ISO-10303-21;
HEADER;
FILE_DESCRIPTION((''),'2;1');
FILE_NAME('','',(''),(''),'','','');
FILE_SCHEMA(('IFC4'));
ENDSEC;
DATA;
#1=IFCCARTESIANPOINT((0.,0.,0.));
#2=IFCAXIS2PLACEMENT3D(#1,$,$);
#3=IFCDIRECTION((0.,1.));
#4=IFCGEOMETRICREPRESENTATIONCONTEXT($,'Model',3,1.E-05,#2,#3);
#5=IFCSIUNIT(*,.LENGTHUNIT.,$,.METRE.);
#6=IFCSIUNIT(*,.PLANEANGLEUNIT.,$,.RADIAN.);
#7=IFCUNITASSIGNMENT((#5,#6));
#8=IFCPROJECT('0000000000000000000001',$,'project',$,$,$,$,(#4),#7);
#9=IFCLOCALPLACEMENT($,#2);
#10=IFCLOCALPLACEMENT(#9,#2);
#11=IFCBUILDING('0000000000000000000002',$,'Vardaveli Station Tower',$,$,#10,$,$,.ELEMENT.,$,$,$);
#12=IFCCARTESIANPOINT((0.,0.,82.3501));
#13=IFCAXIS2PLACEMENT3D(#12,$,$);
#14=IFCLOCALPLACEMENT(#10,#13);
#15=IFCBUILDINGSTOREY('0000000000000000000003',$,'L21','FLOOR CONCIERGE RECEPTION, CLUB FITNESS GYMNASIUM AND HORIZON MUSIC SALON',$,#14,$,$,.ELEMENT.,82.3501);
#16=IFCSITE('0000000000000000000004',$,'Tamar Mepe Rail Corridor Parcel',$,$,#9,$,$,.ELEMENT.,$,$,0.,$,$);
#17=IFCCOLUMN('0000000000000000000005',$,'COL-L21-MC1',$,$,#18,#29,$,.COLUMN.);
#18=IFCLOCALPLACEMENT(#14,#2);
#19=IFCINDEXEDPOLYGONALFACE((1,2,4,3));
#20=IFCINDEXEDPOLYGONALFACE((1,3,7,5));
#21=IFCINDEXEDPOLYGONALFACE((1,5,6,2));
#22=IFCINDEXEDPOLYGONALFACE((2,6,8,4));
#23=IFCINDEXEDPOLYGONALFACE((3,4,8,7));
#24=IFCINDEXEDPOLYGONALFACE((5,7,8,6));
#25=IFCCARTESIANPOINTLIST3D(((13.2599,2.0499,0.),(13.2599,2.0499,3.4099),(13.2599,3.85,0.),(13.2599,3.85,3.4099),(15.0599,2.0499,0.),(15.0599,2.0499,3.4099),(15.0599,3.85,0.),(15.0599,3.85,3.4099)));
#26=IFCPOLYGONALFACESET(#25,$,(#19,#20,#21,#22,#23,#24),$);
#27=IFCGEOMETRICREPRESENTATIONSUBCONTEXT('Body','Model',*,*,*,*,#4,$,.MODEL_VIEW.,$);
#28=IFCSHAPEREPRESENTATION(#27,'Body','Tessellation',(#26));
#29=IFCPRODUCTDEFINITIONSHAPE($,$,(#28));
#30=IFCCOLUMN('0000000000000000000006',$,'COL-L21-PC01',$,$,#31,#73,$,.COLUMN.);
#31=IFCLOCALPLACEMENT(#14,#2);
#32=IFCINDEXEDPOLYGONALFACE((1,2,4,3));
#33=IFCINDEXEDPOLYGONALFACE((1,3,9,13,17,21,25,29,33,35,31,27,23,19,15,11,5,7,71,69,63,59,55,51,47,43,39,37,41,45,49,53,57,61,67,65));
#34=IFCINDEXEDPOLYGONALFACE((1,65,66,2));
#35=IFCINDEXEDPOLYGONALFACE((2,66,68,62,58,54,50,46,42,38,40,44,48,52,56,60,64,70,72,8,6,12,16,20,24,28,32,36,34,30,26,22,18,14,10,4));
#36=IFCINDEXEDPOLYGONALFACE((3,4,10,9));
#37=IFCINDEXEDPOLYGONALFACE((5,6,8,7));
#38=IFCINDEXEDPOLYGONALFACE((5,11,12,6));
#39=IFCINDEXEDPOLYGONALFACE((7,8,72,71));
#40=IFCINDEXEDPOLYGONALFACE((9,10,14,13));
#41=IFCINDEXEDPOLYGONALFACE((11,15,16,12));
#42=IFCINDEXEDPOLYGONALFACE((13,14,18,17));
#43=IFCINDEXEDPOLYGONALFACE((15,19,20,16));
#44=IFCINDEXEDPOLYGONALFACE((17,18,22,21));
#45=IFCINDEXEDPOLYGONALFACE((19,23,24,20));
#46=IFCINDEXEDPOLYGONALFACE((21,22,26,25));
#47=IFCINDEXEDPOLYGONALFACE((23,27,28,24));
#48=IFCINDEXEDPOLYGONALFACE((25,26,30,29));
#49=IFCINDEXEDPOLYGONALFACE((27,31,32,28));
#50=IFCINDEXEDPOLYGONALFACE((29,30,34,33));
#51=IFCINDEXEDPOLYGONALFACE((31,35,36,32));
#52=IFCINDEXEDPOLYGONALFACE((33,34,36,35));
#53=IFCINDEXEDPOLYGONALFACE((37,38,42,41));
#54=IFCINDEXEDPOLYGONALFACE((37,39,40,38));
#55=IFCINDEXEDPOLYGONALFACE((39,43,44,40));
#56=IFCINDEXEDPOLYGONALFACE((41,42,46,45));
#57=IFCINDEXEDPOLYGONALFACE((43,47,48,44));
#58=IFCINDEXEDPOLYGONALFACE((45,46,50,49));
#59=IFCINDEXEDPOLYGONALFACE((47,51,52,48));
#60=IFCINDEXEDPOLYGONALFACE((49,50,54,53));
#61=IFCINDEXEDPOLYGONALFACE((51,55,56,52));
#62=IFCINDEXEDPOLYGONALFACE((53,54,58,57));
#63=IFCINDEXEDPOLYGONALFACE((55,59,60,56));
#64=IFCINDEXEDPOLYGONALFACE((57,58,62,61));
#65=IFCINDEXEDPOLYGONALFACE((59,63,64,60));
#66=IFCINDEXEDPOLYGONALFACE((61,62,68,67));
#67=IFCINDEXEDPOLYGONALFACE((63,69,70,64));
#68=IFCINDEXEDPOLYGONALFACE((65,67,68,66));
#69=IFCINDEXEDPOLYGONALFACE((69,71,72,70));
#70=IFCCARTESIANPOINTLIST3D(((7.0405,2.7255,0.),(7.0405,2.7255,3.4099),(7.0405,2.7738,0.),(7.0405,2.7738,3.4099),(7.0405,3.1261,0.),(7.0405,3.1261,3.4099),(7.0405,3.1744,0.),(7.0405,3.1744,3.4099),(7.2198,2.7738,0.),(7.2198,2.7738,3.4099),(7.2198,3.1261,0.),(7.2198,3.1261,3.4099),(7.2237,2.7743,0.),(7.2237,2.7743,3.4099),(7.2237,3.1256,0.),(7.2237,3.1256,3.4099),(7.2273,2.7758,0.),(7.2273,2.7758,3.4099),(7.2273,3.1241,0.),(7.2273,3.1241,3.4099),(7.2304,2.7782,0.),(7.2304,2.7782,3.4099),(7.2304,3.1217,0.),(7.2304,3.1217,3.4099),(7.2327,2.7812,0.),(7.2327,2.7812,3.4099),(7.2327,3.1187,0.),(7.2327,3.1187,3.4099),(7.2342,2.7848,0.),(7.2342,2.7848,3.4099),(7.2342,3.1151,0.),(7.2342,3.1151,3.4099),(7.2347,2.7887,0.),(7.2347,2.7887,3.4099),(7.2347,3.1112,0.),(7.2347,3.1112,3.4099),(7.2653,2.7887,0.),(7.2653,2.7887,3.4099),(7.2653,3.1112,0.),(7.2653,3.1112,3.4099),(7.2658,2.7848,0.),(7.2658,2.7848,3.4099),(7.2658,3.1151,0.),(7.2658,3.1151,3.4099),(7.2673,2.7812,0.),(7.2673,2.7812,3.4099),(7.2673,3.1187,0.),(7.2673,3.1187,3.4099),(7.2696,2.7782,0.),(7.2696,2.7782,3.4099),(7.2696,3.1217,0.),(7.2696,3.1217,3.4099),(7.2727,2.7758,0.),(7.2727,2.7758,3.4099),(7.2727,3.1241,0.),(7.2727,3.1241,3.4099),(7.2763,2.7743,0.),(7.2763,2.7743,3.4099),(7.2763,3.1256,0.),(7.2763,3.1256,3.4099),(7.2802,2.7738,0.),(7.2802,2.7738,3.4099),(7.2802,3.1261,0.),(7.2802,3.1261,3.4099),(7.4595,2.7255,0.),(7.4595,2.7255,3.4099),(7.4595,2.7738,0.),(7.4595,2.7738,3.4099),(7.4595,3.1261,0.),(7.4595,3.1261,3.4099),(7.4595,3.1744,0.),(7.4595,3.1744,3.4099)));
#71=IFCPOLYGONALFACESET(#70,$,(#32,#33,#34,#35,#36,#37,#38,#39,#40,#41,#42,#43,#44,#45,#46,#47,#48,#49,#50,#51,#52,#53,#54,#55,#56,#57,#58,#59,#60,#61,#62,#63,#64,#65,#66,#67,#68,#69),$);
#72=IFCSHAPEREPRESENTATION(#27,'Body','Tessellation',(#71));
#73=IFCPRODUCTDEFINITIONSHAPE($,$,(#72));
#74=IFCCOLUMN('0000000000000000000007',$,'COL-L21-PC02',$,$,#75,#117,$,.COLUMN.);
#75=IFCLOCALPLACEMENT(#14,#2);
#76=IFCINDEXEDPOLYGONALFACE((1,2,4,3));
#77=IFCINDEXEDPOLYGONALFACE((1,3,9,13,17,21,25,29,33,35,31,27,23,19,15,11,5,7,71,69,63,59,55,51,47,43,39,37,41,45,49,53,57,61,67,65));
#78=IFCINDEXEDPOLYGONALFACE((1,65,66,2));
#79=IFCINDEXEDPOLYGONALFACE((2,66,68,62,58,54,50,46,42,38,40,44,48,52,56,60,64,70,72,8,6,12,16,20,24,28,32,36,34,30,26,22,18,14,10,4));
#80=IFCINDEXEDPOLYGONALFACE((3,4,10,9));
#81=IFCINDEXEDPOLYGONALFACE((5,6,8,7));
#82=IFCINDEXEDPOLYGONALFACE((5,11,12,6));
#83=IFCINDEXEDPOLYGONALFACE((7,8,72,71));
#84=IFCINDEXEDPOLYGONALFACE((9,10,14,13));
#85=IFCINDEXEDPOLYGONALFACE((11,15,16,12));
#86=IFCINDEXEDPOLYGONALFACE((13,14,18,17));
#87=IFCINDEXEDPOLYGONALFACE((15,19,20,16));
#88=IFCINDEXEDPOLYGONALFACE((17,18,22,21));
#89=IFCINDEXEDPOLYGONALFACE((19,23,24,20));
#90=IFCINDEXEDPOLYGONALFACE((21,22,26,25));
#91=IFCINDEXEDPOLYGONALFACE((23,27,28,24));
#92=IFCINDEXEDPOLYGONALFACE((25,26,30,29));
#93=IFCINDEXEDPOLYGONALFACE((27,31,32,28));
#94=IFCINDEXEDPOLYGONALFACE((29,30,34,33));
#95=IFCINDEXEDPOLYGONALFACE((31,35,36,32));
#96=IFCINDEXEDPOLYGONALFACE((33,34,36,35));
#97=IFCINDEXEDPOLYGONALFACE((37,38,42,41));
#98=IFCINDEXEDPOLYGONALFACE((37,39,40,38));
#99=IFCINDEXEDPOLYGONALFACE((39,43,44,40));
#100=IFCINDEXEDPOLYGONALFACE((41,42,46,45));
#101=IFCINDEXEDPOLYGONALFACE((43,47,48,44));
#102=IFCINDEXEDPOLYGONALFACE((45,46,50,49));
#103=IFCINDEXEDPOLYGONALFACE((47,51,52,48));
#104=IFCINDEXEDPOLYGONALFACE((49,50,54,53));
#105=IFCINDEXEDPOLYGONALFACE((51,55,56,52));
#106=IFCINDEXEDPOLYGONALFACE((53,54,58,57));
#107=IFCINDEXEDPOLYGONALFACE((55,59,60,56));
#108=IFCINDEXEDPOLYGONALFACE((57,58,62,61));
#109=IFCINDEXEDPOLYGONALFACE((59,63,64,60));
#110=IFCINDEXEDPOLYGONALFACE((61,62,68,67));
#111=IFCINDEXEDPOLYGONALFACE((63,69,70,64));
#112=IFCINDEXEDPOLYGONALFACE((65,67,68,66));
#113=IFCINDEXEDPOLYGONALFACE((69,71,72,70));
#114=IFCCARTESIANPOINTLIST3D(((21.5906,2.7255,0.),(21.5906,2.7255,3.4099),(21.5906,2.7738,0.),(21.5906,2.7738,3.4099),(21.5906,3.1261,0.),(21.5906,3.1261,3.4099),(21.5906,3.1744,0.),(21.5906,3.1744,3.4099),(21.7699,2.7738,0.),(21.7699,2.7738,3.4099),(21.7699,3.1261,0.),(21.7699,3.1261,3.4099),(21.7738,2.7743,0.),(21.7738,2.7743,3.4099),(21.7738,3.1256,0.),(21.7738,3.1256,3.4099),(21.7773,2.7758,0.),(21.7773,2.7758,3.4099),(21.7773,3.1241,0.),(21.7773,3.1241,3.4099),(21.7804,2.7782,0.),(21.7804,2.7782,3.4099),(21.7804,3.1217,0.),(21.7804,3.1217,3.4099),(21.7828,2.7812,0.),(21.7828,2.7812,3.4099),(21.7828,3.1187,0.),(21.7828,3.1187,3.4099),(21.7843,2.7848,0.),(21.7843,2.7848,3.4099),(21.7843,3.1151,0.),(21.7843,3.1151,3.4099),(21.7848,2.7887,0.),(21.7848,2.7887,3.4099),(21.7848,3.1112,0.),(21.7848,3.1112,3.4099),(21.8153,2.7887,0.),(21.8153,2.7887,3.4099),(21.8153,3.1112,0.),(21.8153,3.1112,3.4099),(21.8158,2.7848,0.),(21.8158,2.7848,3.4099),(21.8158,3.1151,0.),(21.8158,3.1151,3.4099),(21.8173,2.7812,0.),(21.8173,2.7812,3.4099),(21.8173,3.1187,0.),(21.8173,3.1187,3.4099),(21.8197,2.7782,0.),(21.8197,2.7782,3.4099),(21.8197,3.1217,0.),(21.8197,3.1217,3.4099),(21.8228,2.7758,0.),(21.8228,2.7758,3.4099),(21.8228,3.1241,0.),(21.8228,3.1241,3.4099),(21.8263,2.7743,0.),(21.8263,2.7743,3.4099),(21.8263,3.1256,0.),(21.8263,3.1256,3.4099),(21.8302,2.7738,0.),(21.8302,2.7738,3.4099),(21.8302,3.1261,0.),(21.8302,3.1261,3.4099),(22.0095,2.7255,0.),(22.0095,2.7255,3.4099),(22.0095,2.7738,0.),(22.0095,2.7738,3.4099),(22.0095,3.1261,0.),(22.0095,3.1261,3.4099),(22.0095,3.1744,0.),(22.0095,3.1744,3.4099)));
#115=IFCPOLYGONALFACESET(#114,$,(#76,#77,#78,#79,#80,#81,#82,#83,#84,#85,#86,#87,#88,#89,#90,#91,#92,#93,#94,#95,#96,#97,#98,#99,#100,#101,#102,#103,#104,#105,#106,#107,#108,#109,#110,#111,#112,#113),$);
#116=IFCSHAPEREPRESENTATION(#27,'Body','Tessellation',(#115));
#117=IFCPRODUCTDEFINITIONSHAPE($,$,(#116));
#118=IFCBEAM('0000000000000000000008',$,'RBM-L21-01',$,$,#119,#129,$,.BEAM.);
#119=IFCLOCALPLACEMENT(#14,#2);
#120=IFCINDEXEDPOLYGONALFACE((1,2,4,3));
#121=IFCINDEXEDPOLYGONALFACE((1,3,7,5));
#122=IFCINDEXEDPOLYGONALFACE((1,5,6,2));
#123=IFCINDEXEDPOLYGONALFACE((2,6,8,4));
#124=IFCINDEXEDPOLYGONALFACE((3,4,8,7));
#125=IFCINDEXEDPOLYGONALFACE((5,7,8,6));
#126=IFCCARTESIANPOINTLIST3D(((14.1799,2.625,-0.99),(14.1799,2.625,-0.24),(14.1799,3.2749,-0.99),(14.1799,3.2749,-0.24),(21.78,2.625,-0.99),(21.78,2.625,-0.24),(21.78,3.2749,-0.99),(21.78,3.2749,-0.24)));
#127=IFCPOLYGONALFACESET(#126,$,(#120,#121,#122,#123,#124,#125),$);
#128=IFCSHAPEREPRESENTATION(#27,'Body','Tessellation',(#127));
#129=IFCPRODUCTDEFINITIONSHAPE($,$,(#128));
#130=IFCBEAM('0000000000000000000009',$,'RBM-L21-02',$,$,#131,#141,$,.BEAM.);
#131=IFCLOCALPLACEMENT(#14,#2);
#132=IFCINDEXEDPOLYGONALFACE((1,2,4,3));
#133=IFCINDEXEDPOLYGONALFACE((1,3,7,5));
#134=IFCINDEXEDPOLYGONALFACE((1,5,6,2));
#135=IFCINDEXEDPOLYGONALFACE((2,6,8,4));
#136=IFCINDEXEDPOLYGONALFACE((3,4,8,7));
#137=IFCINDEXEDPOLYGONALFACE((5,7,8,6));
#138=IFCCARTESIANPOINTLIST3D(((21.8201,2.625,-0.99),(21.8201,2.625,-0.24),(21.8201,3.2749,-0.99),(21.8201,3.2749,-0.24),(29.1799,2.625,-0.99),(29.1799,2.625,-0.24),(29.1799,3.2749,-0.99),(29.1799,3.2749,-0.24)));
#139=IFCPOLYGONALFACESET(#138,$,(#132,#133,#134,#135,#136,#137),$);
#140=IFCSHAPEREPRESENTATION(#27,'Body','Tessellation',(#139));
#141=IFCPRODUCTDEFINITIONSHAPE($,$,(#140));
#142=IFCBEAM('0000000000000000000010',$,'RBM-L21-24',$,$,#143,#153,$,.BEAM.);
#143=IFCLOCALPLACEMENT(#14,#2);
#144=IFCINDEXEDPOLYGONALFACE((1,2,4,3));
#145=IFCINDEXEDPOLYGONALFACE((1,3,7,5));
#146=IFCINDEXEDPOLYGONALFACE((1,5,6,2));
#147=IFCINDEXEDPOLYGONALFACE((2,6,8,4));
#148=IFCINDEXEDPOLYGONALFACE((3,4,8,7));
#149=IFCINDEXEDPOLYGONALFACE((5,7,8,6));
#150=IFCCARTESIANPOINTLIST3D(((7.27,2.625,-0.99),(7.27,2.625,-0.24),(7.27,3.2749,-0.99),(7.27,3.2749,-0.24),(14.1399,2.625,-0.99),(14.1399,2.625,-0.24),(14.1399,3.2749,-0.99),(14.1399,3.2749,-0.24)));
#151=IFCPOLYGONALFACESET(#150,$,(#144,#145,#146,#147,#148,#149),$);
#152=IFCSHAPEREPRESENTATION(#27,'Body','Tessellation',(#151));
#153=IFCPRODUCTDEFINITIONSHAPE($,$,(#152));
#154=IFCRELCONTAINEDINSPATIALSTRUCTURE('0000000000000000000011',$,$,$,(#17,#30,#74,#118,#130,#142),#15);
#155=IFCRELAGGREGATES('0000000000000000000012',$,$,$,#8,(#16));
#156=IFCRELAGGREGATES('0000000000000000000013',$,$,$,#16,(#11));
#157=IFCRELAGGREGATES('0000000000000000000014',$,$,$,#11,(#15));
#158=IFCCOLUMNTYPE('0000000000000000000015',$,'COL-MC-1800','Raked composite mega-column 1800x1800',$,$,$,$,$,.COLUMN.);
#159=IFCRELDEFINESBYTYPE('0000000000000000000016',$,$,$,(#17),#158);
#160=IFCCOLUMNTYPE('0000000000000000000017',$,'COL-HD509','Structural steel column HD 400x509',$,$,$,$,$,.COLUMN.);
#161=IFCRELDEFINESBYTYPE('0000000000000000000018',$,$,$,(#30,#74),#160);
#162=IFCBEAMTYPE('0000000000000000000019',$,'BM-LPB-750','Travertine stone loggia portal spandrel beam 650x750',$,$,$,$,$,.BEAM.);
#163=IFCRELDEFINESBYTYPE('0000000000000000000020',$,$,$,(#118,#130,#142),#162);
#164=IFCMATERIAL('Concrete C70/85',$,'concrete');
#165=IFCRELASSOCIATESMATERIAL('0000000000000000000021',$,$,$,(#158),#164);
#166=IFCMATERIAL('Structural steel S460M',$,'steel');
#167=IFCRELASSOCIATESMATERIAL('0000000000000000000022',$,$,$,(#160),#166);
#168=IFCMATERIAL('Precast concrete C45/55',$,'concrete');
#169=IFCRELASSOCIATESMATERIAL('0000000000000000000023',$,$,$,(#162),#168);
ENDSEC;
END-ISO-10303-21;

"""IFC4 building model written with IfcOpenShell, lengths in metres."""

from ifc_helpers import new_model, si_unit, direction, frame, origin, origin_2d, place, context, subcontext, project, spatial, rectangle, i_section, extrude, source, transform, mapped, material, material_profile, profile_set, type_object, element, save


model = new_model("IFC4")

# Units and contexts
model_context = context("Model", 3, precision=1e-05, world=origin(), true_north=direction((0.0, 1.0)))
body_context = subcontext(model_context, "Body", "Model", "MODEL_VIEW")
ifc_project = project(units=[si_unit("LENGTHUNIT", "METRE"), si_unit("PLANEANGLEUNIT", "RADIAN")], contexts=[model_context])

# Site, building, storey
site_placement = place(None, origin())
site = spatial("IfcSite", under=ifc_project, at=site_placement, Name="Tamar Mepe Rail Corridor Parcel", CompositionType="ELEMENT", RefElevation=0.0)
building_placement = place(site_placement, origin())
building = spatial("IfcBuilding", under=site, at=building_placement, Name="Vardaveli Station Tower", CompositionType="ELEMENT")
storey_placement = place(building_placement, frame((0.0, 0.0, 82.3501)))
storey = spatial("IfcBuildingStorey", under=building, at=storey_placement, Name="L21", Description="FLOOR CONCIERGE RECEPTION, CLUB FITNESS GYMNASIUM AND HORIZON MUSIC SALON", CompositionType="ELEMENT", Elevation=82.3501)

# Columns
ifc_material_1 = material(Name="Concrete C70/85", Category="concrete")
ifc_material_profile_1 = material_profile(ifc_material_1, rectangle(XDim=1.8, YDim=1.8, at=origin_2d()), Name="MC 1800x1800")
ifc_profile_set_1 = profile_set([ifc_material_profile_1], Name="Concrete C70/85")
column_type_1 = type_object("IfcColumnType", Name="COL-MC-1800", Description="Raked composite mega-column 1800x1800", PredefinedType="COLUMN", material=ifc_profile_set_1)
shared_shape_1 = source(origin(), body_context, "Body", "SweptSolid", [
    extrude(rectangle(XDim=1.8, YDim=1.8, at=origin_2d()), origin(), (0.0, 0.0, 1.0), 3.4099),
])
column_placement = place(storey_placement, frame((14.1599, 2.95, 0.0), z_axis=(0.0, 0.0, 1.0), x_axis=(1.0, 0.0, 0.0)))
element("IfcColumn", 1, at=column_placement, inside=storey, type_object=column_type_1, Name="COL-L21-MC1", PredefinedType="COLUMN", context=body_context, shape_type="MappedRepresentation", body=[
    mapped(shared_shape_1, transform((0.0, 0.0, 0.0), scale=1.0)),
])
ifc_material_2 = material(Name="Structural steel S460M", Category="steel")
ifc_material_profile_2 = material_profile(ifc_material_2, i_section(OverallWidth=0.4189, OverallDepth=0.449, WebThickness=0.0305, FlangeThickness=0.0483, FilletRadius=0.0149, at=origin_2d()), Name="HD 400x509")
ifc_profile_set_2 = profile_set([ifc_material_profile_2], Name="Structural steel S460M")
column_type_2 = type_object("IfcColumnType", Name="COL-HD509", Description="Structural steel column HD 400x509", PredefinedType="COLUMN", material=ifc_profile_set_2)
shared_shape_2 = source(origin(), body_context, "Body", "SweptSolid", [
    extrude(i_section(OverallWidth=0.4189, OverallDepth=0.449, WebThickness=0.0305, FlangeThickness=0.0483, FilletRadius=0.0149, at=origin_2d()), origin(), (0.0, 0.0, 1.0), 3.4099),
])
for number, where, z_axis, x_axis, name in (
    (2, (7.25, 2.95, 0.0), (0.0, 0.0, 1.0), (1.0, 0.0, 0.0), "COL-L21-PC01"),
    (3, (21.8, 2.95, 0.0), (0.0, 0.0, 1.0), (1.0, 0.0, 0.0), "COL-L21-PC02"),
):
    element("IfcColumn", number, at=place(storey_placement, frame(where, z_axis=z_axis, x_axis=x_axis)), inside=storey, type_object=column_type_2, Name=name, PredefinedType="COLUMN", context=body_context, shape_type="MappedRepresentation", body=[
        mapped(shared_shape_2, transform((0.0, 0.0, 0.0), scale=1.0)),
    ])

# Beams
ifc_material_3 = material(Name="Precast concrete C45/55", Category="concrete")
ifc_material_profile_3 = material_profile(ifc_material_3, rectangle(XDim=0.6499, YDim=0.75, at=origin_2d()), Name="LPB 650x750")
ifc_profile_set_3 = profile_set([ifc_material_profile_3], Name="Precast concrete C45/55")
beam_type_1 = type_object("IfcBeamType", Name="BM-LPB-750", Description="Travertine stone loggia portal spandrel beam 650x750", PredefinedType="BEAM", material=ifc_profile_set_3)
shared_shape_3 = source(origin(), body_context, "Body", "SweptSolid", [
    extrude(rectangle(XDim=0.6499, YDim=0.75, at=origin_2d()), origin(), (0.0, 0.0, 1.0), 7.6001),
])
beam_1_placement = place(storey_placement, frame((14.1799, 2.95, -0.615), z_axis=(1.0, 0.0, 0.0), x_axis=(0.0, 1.0, 0.0)))
element("IfcBeam", 4, at=beam_1_placement, inside=storey, type_object=beam_type_1, Name="RBM-L21-01", PredefinedType="BEAM", context=body_context, shape_type="MappedRepresentation", body=[
    mapped(shared_shape_3, transform((0.0, 0.0, 0.0), scale=1.0)),
])
shared_shape_4 = source(origin(), body_context, "Body", "SweptSolid", [
    extrude(rectangle(XDim=0.6499, YDim=0.75, at=origin_2d()), origin(), (0.0, 0.0, 1.0), 7.3599),
])
beam_2_placement = place(storey_placement, frame((21.8201, 2.95, -0.615), z_axis=(1.0, 0.0, 0.0), x_axis=(0.0, 1.0, 0.0)))
element("IfcBeam", 5, at=beam_2_placement, inside=storey, type_object=beam_type_1, Name="RBM-L21-02", PredefinedType="BEAM", context=body_context, shape_type="MappedRepresentation", body=[
    mapped(shared_shape_4, transform((0.0, 0.0, 0.0), scale=1.0)),
])
shared_shape_5 = source(origin(), body_context, "Body", "SweptSolid", [
    extrude(rectangle(XDim=0.6499, YDim=0.75, at=origin_2d()), origin(), (0.0, 0.0, 1.0), 6.8699),
])
beam_3_placement = place(storey_placement, frame((7.27, 2.95, -0.615), z_axis=(1.0, 0.0, 0.0), x_axis=(0.0, 1.0, 0.0)))
element("IfcBeam", 6, at=beam_3_placement, inside=storey, type_object=beam_type_1, Name="RBM-L21-24", PredefinedType="BEAM", context=body_context, shape_type="MappedRepresentation", body=[
    mapped(shared_shape_5, transform((0.0, 0.0, 0.0), scale=1.0)),
])

save(model, "model.ifc")
